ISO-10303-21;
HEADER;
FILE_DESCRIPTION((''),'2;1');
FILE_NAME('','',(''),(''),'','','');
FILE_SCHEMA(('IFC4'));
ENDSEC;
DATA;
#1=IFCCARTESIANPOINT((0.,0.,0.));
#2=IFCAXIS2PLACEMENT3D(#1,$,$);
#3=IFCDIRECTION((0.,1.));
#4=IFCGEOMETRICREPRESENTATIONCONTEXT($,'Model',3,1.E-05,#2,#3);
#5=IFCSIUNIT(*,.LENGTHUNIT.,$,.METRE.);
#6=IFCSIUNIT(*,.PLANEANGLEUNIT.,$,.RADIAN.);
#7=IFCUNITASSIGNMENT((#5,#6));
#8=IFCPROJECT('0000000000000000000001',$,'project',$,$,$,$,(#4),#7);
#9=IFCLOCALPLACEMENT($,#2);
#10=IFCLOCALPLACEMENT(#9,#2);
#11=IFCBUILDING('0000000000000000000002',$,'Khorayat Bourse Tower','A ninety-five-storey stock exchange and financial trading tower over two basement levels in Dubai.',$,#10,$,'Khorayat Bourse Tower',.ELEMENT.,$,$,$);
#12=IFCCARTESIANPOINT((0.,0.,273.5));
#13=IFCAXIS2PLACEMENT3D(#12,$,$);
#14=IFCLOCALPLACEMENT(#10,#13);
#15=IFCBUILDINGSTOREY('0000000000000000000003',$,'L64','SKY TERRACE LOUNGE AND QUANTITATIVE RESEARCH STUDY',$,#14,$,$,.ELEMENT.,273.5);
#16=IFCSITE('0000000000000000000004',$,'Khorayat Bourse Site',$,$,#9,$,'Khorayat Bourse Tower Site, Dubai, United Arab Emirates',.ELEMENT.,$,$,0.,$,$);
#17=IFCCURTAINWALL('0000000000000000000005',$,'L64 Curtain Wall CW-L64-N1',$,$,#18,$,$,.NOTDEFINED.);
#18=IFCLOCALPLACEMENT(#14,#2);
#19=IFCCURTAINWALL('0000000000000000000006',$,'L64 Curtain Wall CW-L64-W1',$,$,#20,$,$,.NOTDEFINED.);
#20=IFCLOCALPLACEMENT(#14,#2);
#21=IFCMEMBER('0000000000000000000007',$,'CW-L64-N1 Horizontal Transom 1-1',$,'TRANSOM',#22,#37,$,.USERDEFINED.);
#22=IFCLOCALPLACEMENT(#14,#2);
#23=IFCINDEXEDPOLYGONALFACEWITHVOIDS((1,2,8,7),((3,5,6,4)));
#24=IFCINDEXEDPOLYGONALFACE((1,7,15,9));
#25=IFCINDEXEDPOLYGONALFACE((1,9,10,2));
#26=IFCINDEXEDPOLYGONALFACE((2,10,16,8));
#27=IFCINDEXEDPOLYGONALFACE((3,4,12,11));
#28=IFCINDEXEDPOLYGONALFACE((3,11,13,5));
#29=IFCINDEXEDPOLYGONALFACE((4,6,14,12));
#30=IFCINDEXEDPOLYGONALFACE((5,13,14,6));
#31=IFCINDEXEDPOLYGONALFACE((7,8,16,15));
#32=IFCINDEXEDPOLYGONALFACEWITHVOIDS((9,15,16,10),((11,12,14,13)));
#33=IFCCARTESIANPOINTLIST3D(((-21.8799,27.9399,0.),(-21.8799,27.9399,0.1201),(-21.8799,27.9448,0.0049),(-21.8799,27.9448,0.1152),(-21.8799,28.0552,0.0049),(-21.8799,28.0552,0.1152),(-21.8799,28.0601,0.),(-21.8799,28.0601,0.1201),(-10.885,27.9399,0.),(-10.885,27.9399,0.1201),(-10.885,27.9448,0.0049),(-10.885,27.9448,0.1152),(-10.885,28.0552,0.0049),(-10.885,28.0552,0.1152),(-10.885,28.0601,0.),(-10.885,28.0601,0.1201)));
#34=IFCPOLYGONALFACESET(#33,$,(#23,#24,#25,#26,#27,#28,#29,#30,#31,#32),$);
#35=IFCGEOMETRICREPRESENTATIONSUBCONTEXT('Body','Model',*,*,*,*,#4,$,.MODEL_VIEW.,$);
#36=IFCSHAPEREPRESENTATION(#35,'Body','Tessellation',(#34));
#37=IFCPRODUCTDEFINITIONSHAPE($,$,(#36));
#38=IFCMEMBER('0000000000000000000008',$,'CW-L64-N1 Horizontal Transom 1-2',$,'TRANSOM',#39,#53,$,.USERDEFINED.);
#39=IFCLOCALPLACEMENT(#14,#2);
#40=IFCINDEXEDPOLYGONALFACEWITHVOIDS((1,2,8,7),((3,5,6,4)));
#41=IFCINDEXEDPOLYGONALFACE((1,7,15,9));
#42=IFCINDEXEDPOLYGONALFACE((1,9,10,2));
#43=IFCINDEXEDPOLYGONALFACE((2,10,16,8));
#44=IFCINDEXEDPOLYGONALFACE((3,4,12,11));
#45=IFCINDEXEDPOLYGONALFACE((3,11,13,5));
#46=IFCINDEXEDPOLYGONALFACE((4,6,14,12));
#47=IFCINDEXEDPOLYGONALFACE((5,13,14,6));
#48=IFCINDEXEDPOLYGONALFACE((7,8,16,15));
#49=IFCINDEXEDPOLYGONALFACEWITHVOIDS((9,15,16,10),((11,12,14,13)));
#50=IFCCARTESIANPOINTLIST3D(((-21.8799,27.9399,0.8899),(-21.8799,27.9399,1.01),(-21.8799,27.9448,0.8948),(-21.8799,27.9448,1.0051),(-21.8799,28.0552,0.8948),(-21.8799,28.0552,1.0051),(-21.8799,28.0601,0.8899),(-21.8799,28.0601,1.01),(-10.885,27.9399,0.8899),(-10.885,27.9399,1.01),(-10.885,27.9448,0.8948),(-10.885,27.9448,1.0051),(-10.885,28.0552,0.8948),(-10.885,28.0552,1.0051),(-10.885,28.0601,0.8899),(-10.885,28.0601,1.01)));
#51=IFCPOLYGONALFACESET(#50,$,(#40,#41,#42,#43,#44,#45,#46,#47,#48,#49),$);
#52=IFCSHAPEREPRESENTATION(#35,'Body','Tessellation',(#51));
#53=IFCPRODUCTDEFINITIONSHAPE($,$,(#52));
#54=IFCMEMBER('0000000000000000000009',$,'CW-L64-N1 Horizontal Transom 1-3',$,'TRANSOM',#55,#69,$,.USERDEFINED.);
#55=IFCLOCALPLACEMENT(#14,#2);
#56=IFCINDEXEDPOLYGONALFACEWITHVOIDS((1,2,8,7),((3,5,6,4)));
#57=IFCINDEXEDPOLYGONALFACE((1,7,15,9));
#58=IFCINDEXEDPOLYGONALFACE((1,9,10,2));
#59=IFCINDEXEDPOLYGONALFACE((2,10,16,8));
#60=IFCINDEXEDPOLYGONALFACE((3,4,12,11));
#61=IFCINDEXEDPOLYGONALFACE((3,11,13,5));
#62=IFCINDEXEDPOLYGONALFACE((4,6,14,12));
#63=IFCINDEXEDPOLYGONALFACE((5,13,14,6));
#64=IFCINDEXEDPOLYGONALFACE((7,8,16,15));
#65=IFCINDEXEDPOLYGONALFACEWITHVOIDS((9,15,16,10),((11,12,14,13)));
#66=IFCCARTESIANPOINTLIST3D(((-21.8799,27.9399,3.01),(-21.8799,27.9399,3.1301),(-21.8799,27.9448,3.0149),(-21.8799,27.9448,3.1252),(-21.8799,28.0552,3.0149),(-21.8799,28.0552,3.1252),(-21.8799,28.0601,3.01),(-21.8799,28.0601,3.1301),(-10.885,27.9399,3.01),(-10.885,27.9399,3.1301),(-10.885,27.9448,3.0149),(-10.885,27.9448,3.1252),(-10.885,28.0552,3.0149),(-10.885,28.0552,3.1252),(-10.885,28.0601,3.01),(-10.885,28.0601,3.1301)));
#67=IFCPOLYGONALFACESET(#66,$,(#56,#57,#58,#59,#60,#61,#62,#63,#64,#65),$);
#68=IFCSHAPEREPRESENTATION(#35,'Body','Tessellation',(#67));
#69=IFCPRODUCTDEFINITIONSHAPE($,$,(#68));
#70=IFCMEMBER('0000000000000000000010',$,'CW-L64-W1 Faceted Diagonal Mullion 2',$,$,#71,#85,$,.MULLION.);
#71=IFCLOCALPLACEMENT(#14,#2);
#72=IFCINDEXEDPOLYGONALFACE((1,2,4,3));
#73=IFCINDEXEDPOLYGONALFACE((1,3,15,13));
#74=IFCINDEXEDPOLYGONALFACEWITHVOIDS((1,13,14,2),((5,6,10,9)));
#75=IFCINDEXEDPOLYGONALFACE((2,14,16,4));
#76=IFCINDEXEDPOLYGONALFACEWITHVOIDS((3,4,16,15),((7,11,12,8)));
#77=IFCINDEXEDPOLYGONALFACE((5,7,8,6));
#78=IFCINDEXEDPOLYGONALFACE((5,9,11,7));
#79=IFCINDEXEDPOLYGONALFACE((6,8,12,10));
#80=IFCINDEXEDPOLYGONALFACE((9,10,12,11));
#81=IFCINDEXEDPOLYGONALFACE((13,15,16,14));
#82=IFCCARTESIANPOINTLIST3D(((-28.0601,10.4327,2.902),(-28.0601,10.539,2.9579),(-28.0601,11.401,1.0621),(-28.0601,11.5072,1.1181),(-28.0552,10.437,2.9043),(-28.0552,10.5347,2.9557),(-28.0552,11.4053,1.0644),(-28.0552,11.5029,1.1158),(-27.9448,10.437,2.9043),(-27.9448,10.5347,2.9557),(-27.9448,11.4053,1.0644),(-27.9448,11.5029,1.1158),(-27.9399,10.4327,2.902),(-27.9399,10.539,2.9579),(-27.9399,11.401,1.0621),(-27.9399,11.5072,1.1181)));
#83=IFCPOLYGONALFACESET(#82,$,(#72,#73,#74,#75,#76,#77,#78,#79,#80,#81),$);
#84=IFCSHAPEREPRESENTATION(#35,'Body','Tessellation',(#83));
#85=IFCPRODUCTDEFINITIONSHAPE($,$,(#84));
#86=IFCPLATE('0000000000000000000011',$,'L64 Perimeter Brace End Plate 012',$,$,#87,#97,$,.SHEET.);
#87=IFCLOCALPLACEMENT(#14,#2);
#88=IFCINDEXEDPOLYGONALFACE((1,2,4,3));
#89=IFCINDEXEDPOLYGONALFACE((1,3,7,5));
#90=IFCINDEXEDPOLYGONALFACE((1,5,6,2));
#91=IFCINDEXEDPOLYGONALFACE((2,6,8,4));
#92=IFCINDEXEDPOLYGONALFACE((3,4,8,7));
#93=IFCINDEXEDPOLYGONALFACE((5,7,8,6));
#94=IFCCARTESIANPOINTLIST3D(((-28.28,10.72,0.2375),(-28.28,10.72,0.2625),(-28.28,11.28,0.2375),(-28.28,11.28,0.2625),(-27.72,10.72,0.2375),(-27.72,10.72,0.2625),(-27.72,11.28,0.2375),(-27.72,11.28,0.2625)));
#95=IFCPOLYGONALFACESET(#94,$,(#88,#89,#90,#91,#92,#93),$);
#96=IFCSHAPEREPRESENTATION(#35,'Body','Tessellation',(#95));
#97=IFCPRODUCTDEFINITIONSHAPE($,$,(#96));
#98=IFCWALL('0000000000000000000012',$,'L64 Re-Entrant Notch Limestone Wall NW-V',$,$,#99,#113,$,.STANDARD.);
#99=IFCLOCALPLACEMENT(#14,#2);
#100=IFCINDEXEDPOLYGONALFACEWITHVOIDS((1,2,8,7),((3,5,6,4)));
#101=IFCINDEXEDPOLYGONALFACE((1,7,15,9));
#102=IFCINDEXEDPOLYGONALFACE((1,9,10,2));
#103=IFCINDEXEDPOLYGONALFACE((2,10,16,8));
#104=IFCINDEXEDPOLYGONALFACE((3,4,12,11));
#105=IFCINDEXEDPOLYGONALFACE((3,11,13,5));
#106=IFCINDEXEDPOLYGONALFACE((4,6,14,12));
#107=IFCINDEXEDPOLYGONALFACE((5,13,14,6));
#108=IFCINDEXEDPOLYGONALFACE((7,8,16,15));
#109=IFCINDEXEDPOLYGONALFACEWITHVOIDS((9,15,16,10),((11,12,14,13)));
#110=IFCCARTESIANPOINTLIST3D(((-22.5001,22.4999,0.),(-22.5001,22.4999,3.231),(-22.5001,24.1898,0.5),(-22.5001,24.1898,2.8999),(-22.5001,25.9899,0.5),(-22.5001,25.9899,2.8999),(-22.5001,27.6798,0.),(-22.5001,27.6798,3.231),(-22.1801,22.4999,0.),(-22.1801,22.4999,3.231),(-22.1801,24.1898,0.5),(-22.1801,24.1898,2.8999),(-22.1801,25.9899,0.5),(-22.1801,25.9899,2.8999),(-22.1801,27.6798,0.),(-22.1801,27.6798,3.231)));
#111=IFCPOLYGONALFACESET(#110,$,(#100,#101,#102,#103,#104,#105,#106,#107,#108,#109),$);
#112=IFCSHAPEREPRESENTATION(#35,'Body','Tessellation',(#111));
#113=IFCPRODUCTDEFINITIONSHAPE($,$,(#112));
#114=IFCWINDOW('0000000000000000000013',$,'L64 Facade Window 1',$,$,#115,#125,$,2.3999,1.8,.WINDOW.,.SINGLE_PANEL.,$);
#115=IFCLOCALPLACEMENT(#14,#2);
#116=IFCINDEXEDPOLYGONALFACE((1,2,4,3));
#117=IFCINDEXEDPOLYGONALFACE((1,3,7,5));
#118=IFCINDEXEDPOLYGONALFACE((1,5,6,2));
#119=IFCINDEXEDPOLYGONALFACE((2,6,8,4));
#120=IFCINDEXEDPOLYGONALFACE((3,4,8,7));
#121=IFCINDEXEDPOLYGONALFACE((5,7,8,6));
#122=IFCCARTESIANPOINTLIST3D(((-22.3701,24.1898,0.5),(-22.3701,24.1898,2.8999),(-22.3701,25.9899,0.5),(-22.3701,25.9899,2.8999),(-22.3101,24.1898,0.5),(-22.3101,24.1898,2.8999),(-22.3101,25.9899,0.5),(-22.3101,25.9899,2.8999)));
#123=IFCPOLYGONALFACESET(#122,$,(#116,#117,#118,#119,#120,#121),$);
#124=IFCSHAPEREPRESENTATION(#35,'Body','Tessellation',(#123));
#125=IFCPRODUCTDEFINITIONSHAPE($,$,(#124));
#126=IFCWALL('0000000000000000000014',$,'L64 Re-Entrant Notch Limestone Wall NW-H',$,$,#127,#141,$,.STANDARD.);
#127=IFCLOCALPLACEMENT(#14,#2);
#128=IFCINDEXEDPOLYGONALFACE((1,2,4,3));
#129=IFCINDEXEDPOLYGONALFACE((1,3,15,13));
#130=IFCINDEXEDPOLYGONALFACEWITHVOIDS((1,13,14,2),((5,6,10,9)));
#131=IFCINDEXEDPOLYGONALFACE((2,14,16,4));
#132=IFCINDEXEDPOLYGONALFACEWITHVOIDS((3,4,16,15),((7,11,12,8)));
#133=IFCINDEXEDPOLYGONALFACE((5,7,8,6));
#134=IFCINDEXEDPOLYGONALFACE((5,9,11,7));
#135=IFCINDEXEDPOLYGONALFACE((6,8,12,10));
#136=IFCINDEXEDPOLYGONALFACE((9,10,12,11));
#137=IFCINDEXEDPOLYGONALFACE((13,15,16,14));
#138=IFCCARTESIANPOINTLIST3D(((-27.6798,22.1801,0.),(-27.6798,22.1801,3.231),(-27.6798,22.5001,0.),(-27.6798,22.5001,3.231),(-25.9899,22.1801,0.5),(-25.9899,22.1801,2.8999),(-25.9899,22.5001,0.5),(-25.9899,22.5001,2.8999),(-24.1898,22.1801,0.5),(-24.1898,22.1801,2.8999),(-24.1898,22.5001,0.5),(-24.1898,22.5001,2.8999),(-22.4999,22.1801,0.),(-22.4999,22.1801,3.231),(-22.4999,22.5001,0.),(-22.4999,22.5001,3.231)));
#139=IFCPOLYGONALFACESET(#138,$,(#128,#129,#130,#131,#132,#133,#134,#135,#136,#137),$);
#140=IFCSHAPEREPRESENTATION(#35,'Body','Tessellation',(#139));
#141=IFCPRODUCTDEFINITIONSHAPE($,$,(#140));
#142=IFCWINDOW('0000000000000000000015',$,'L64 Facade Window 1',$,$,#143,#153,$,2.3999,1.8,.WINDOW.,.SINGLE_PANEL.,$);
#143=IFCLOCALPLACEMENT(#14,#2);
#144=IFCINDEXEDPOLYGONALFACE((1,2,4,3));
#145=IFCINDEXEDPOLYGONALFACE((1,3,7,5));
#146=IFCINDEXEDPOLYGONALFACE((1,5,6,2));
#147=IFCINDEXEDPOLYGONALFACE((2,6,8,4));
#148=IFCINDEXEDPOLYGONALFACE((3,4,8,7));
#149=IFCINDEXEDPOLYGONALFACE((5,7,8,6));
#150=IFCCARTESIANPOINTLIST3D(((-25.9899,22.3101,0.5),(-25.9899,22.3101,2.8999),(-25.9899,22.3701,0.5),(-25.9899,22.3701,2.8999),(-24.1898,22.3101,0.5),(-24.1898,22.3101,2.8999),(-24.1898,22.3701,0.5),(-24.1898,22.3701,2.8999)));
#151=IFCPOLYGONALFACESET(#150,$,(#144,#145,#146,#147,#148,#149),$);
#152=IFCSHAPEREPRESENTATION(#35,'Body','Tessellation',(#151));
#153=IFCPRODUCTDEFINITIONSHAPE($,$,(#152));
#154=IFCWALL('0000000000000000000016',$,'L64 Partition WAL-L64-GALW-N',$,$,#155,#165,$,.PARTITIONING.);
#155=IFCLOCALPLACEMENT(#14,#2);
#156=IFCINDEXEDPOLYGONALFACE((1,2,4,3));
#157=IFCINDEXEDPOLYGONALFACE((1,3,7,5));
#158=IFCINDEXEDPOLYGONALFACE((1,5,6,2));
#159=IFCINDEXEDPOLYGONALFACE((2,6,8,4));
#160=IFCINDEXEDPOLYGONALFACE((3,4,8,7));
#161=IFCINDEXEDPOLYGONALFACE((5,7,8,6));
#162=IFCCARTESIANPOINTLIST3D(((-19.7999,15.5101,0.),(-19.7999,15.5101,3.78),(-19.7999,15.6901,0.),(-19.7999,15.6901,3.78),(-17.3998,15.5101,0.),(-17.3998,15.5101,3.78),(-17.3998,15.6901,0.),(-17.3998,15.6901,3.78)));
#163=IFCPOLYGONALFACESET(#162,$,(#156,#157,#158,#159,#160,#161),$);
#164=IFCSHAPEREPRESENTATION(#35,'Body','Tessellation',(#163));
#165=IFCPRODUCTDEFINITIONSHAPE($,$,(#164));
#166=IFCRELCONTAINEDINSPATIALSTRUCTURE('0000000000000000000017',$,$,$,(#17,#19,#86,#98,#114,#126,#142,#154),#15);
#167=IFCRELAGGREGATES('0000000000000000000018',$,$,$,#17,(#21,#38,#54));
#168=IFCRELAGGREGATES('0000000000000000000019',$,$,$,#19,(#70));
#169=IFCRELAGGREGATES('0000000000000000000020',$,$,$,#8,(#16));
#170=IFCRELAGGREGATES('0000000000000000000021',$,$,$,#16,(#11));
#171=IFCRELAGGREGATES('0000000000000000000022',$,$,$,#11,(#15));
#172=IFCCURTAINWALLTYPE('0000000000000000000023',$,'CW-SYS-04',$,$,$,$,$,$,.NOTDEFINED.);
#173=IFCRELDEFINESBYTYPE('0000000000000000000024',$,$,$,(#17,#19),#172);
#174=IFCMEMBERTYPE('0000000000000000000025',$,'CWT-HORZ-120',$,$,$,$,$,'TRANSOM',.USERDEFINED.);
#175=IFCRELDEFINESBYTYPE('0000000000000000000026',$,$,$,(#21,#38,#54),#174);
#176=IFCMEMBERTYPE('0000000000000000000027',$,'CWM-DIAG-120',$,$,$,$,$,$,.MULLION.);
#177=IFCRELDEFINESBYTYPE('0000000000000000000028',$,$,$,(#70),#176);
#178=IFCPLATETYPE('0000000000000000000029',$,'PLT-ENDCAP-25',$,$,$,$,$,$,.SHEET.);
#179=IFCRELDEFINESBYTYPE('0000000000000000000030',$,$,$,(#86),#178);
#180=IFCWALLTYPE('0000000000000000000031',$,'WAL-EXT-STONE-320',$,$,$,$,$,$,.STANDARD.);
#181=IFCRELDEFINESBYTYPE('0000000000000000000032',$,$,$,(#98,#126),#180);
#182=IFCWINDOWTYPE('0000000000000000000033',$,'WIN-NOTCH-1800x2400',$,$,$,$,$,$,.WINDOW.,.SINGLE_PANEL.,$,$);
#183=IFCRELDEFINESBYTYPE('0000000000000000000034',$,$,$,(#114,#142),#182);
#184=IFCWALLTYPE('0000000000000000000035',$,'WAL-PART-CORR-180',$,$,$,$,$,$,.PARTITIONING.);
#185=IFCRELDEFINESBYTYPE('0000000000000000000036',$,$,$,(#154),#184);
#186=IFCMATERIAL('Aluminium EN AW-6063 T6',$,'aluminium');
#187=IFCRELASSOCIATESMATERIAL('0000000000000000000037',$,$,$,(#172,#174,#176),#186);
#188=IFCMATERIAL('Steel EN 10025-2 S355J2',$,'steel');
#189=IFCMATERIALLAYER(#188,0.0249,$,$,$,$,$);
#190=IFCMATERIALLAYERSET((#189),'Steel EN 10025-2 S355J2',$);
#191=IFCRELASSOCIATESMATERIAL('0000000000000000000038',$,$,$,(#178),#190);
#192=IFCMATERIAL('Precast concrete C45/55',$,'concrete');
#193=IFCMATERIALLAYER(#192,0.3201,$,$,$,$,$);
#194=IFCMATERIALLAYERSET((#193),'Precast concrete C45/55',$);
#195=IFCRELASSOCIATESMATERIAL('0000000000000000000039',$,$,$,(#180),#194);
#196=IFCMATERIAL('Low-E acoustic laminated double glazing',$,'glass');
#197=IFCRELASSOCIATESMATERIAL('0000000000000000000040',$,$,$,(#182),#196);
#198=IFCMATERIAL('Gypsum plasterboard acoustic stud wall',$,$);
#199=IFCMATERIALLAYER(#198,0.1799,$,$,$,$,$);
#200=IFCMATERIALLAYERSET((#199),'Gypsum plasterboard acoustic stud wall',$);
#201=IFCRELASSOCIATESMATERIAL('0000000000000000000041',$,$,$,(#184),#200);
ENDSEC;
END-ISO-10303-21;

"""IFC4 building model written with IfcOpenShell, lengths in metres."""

from ifc_helpers import new_model, si_unit, direction, frame, frame_2d, origin, origin_2d, place, context, subcontext, project, spatial, rectangle, hollow_rectangle, extrude, source, transform, mapped, material, layer, layer_set, material_profile, profile_set, type_object, element, fill, aggregate, save


model = new_model("IFC4")

# Units and contexts
model_context = context("Model", 3, precision=1e-05, world=origin(), true_north=direction((0.0, 1.0)))
body_context = subcontext(model_context, "Body", "Model", "MODEL_VIEW")
ifc_project = project(units=[si_unit("LENGTHUNIT", "METRE"), si_unit("PLANEANGLEUNIT", "RADIAN")], contexts=[model_context])

# Site, building, storey
site_placement = place(None, origin())
site = spatial("IfcSite", under=ifc_project, at=site_placement, Name="Khorayat Bourse Site", LongName="Khorayat Bourse Tower Site, Dubai, United Arab Emirates", CompositionType="ELEMENT", RefElevation=0.0)
building_placement = place(site_placement, origin())
building = spatial("IfcBuilding", under=site, at=building_placement, Name="Khorayat Bourse Tower", Description="A ninety-five-storey stock exchange and financial trading tower over two basement levels in Dubai.", LongName="Khorayat Bourse Tower", CompositionType="ELEMENT")
storey_placement = place(building_placement, frame((0.0, 0.0, 273.5)))
storey = spatial("IfcBuildingStorey", under=building, at=storey_placement, Name="L64", Description="SKY TERRACE LOUNGE AND QUANTITATIVE RESEARCH STUDY", CompositionType="ELEMENT", Elevation=273.5)

# Curtain walls
ifc_material_1 = material(Name="Aluminium EN AW-6063 T6", Category="aluminium")
curtain_wall_type = type_object("IfcCurtainWallType", Name="CW-SYS-04", PredefinedType="NOTDEFINED", material=ifc_material_1)
curtain_wall_1_placement = place(storey_placement, origin())
curtain_wall_1 = element("IfcCurtainWall", 1, at=curtain_wall_1_placement, inside=storey, type_object=curtain_wall_type, Name="L64 Curtain Wall CW-L64-N1", PredefinedType="NOTDEFINED")
curtain_wall_2_placement = place(storey_placement, origin())
curtain_wall_2 = element("IfcCurtainWall", 2, at=curtain_wall_2_placement, inside=storey, type_object=curtain_wall_type, Name="L64 Curtain Wall CW-L64-W1", PredefinedType="NOTDEFINED")

# Members
ifc_material_profile_1 = material_profile(ifc_material_1, hollow_rectangle(XDim=0.1201, YDim=0.1201, WallThickness=0.0049, at=origin_2d()), Name="ALU 120x120x5")
ifc_profile_set_1 = profile_set([ifc_material_profile_1], Name="Aluminium EN AW-6063 T6")
member_type_1 = type_object("IfcMemberType", Name="CWT-HORZ-120", ElementType="TRANSOM", PredefinedType="USERDEFINED", material=ifc_profile_set_1)
shared_shape_1 = source(origin(), body_context, "Body", "SweptSolid", [
    extrude(hollow_rectangle(XDim=0.1201, YDim=0.1201, WallThickness=0.0049, at=origin_2d()), origin(), (0.0, 0.0, 1.0), 10.9949),
])
member_1_placement = place(storey_placement, frame((-21.8799, 28.0, 0.0601), z_axis=(1.0, 0.0, 0.0), x_axis=(0.0, 1.0, 0.0)))
member_1 = element("IfcMember", 3, at=member_1_placement, type_object=member_type_1, Name="CW-L64-N1 Horizontal Transom 1-1", ObjectType="TRANSOM", PredefinedType="USERDEFINED", context=body_context, shape_type="MappedRepresentation", body=[
    mapped(shared_shape_1, transform((0.0, 0.0, 0.0), scale=1.0)),
])
member_2_placement = place(storey_placement, frame((-21.8799, 28.0, 0.95), z_axis=(1.0, 0.0, 0.0), x_axis=(0.0, 1.0, 0.0)))
member_2 = element("IfcMember", 4, at=member_2_placement, type_object=member_type_1, Name="CW-L64-N1 Horizontal Transom 1-2", ObjectType="TRANSOM", PredefinedType="USERDEFINED", context=body_context, shape_type="MappedRepresentation", body=[
    mapped(shared_shape_1, transform((0.0, 0.0, 0.0), scale=1.0)),
])
member_3_placement = place(storey_placement, frame((-21.8799, 28.0, 3.0701), z_axis=(1.0, 0.0, 0.0), x_axis=(0.0, 1.0, 0.0)))
member_3 = element("IfcMember", 5, at=member_3_placement, type_object=member_type_1, Name="CW-L64-N1 Horizontal Transom 1-3", ObjectType="TRANSOM", PredefinedType="USERDEFINED", context=body_context, shape_type="MappedRepresentation", body=[
    mapped(shared_shape_1, transform((0.0, 0.0, 0.0), scale=1.0)),
])
aggregate(curtain_wall_1, [member_1, member_2, member_3])
ifc_material_profile_2 = material_profile(ifc_material_1, hollow_rectangle(XDim=0.1201, YDim=0.1201, WallThickness=0.0049, at=origin_2d()), Name="ALU 120x120x5")
ifc_profile_set_2 = profile_set([ifc_material_profile_2], Name="Aluminium EN AW-6063 T6")
member_type_2 = type_object("IfcMemberType", Name="CWM-DIAG-120", PredefinedType="MULLION", material=ifc_profile_set_2)
shared_shape_2 = source(origin(), body_context, "Body", "SweptSolid", [
    extrude(hollow_rectangle(XDim=0.1201, YDim=0.1201, WallThickness=0.0049, at=origin_2d()), origin(), (0.0, 0.0, 1.0), 2.0791),
])
member_4_placement = place(storey_placement, frame((-28.0, 11.4541, 1.0901), z_axis=(0.0, -0.465717, 0.884934), x_axis=(1.0, 0.0, 0.0)))
member_4 = element("IfcMember", 6, at=member_4_placement, type_object=member_type_2, Name="CW-L64-W1 Faceted Diagonal Mullion 2", PredefinedType="MULLION", context=body_context, shape_type="MappedRepresentation", body=[
    mapped(shared_shape_2, transform((0.0, 0.0, 0.0), scale=1.0)),
])
aggregate(curtain_wall_2, [member_4])

# Plate
ifc_material_2 = material(Name="Steel EN 10025-2 S355J2", Category="steel")
ifc_layer_1 = layer(ifc_material_2, 0.0249)
ifc_layer_set_1 = layer_set([ifc_layer_1], Name="Steel EN 10025-2 S355J2")
plate_type = type_object("IfcPlateType", Name="PLT-ENDCAP-25", PredefinedType="SHEET", material=ifc_layer_set_1)
shared_shape_3 = source(origin(), body_context, "Body", "SweptSolid", [
    extrude(rectangle(XDim=0.5601, YDim=0.5601, at=origin_2d()), origin(), (0.0, 0.0, 1.0), 0.0249),
])
plate_placement = place(storey_placement, frame((-28.0, 11.0, 0.2375), z_axis=(0.0, 0.0, 1.0), x_axis=(1.0, 0.0, 0.0)))
element("IfcPlate", 7, at=plate_placement, inside=storey, type_object=plate_type, Name="L64 Perimeter Brace End Plate 012", PredefinedType="SHEET", context=body_context, shape_type="MappedRepresentation", body=[
    mapped(shared_shape_3, transform((0.0, 0.0, 0.0), scale=1.0)),
])

# Walls, openings, windows
ifc_material_3 = material(Name="Precast concrete C45/55", Category="concrete")
ifc_layer_2 = layer(ifc_material_3, 0.3201)
ifc_layer_set_2 = layer_set([ifc_layer_2], Name="Precast concrete C45/55")
wall_type_1 = type_object("IfcWallType", Name="WAL-EXT-STONE-320", PredefinedType="STANDARD", material=ifc_layer_set_2)
shared_shape_4 = source(origin(), body_context, "Body", "SweptSolid", [
    extrude(rectangle(XDim=5.1799, YDim=0.3201, at=frame_2d((2.5898, 0.0))), origin(), (0.0, 0.0, 1.0), 3.231),
])
wall_1_placement = place(storey_placement, frame((-22.3401, 22.5, 0.0), z_axis=(0.0, 0.0, 1.0), x_axis=(0.0, 1.0, 0.0)))
wall_1 = element("IfcWall", 8, at=wall_1_placement, inside=storey, type_object=wall_type_1, Name="L64 Re-Entrant Notch Limestone Wall NW-V", PredefinedType="STANDARD", context=body_context, shape_type="MappedRepresentation", body=[
    mapped(shared_shape_4, transform((0.0, 0.0, 0.0), scale=1.0)),
])
shared_shape_5 = source(origin(), body_context, "Body", "SweptSolid", [
    extrude(rectangle(XDim=1.8, YDim=2.3999, at=frame_2d((0.8999, 1.2))), frame((0.0, 0.1699, 0.0), z_axis=(0.0, -1.0, 0.0), x_axis=(1.0, 0.0, 0.0)), (0.0, 0.0, 1.0), 0.3401),
])
opening_1_placement = place(wall_1_placement, frame((1.6899, 0.0, 0.5)))
opening_1 = element("IfcOpeningElement", 9, at=opening_1_placement, cuts=wall_1, PredefinedType="OPENING", context=body_context, shape_type="MappedRepresentation", body=[
    mapped(shared_shape_5, transform((0.0, 0.0, 0.0), scale=1.0)),
])
ifc_material_4 = material(Name="Low-E acoustic laminated double glazing", Category="glass")
window_type = type_object("IfcWindowType", Name="WIN-NOTCH-1800x2400", PartitioningType="SINGLE_PANEL", PredefinedType="WINDOW", material=ifc_material_4)
shared_shape_6 = source(origin(), body_context, "Body", "SweptSolid", [
    extrude(rectangle(XDim=1.8, YDim=2.3999, at=frame_2d((0.8999, 1.2))), frame((0.0, 0.03, 0.0), z_axis=(0.0, -1.0, 0.0), x_axis=(1.0, 0.0, 0.0)), (0.0, 0.0, 1.0), 0.0601),
])
window_1_placement = place(opening_1_placement, origin())
window_1 = element("IfcWindow", 10, at=window_1_placement, inside=storey, type_object=window_type, Name="L64 Facade Window 1", OverallHeight=2.3999, OverallWidth=1.8, PartitioningType="SINGLE_PANEL", PredefinedType="WINDOW", context=body_context, shape_type="MappedRepresentation", body=[
    mapped(shared_shape_6, transform((0.0, 0.0, 0.0), scale=1.0)),
])
fill(opening_1, window_1)
wall_2_placement = place(storey_placement, frame((-22.5, 22.3401, 0.0), z_axis=(0.0, 0.0, 1.0), x_axis=(-1.0, 0.0, 0.0)))
wall_2 = element("IfcWall", 11, at=wall_2_placement, inside=storey, type_object=wall_type_1, Name="L64 Re-Entrant Notch Limestone Wall NW-H", PredefinedType="STANDARD", context=body_context, shape_type="MappedRepresentation", body=[
    mapped(shared_shape_4, transform((0.0, 0.0, 0.0), scale=1.0)),
])
opening_2_placement = place(wall_2_placement, frame((1.6899, 0.0, 0.5)))
opening_2 = element("IfcOpeningElement", 12, at=opening_2_placement, cuts=wall_2, PredefinedType="OPENING", context=body_context, shape_type="MappedRepresentation", body=[
    mapped(shared_shape_5, transform((0.0, 0.0, 0.0), scale=1.0)),
])
window_2_placement = place(opening_2_placement, origin())
window_2 = element("IfcWindow", 13, at=window_2_placement, inside=storey, type_object=window_type, Name="L64 Facade Window 1", OverallHeight=2.3999, OverallWidth=1.8, PartitioningType="SINGLE_PANEL", PredefinedType="WINDOW", context=body_context, shape_type="MappedRepresentation", body=[
    mapped(shared_shape_6, transform((0.0, 0.0, 0.0), scale=1.0)),
])
fill(opening_2, window_2)

# Wall
ifc_material_5 = material(Name="Gypsum plasterboard acoustic stud wall")
ifc_layer_3 = layer(ifc_material_5, 0.1799)
ifc_layer_set_3 = layer_set([ifc_layer_3], Name="Gypsum plasterboard acoustic stud wall")
wall_type_2 = type_object("IfcWallType", Name="WAL-PART-CORR-180", PredefinedType="PARTITIONING", material=ifc_layer_set_3)
shared_shape_7 = source(origin(), body_context, "Body", "SweptSolid", [
    extrude(rectangle(XDim=2.4001, YDim=0.1799, at=frame_2d((1.2002, 0.0))), origin(), (0.0, 0.0, 1.0), 3.78),
])
wall_3_placement = place(storey_placement, frame((-19.8, 15.6001, 0.0), z_axis=(0.0, 0.0, 1.0), x_axis=(1.0, 0.0, 0.0)))
element("IfcWall", 14, at=wall_3_placement, inside=storey, type_object=wall_type_2, Name="L64 Partition WAL-L64-GALW-N", PredefinedType="PARTITIONING", context=body_context, shape_type="MappedRepresentation", body=[
    mapped(shared_shape_7, transform((0.0, 0.0, 0.0), scale=1.0)),
])

save(model, "model.ifc")
